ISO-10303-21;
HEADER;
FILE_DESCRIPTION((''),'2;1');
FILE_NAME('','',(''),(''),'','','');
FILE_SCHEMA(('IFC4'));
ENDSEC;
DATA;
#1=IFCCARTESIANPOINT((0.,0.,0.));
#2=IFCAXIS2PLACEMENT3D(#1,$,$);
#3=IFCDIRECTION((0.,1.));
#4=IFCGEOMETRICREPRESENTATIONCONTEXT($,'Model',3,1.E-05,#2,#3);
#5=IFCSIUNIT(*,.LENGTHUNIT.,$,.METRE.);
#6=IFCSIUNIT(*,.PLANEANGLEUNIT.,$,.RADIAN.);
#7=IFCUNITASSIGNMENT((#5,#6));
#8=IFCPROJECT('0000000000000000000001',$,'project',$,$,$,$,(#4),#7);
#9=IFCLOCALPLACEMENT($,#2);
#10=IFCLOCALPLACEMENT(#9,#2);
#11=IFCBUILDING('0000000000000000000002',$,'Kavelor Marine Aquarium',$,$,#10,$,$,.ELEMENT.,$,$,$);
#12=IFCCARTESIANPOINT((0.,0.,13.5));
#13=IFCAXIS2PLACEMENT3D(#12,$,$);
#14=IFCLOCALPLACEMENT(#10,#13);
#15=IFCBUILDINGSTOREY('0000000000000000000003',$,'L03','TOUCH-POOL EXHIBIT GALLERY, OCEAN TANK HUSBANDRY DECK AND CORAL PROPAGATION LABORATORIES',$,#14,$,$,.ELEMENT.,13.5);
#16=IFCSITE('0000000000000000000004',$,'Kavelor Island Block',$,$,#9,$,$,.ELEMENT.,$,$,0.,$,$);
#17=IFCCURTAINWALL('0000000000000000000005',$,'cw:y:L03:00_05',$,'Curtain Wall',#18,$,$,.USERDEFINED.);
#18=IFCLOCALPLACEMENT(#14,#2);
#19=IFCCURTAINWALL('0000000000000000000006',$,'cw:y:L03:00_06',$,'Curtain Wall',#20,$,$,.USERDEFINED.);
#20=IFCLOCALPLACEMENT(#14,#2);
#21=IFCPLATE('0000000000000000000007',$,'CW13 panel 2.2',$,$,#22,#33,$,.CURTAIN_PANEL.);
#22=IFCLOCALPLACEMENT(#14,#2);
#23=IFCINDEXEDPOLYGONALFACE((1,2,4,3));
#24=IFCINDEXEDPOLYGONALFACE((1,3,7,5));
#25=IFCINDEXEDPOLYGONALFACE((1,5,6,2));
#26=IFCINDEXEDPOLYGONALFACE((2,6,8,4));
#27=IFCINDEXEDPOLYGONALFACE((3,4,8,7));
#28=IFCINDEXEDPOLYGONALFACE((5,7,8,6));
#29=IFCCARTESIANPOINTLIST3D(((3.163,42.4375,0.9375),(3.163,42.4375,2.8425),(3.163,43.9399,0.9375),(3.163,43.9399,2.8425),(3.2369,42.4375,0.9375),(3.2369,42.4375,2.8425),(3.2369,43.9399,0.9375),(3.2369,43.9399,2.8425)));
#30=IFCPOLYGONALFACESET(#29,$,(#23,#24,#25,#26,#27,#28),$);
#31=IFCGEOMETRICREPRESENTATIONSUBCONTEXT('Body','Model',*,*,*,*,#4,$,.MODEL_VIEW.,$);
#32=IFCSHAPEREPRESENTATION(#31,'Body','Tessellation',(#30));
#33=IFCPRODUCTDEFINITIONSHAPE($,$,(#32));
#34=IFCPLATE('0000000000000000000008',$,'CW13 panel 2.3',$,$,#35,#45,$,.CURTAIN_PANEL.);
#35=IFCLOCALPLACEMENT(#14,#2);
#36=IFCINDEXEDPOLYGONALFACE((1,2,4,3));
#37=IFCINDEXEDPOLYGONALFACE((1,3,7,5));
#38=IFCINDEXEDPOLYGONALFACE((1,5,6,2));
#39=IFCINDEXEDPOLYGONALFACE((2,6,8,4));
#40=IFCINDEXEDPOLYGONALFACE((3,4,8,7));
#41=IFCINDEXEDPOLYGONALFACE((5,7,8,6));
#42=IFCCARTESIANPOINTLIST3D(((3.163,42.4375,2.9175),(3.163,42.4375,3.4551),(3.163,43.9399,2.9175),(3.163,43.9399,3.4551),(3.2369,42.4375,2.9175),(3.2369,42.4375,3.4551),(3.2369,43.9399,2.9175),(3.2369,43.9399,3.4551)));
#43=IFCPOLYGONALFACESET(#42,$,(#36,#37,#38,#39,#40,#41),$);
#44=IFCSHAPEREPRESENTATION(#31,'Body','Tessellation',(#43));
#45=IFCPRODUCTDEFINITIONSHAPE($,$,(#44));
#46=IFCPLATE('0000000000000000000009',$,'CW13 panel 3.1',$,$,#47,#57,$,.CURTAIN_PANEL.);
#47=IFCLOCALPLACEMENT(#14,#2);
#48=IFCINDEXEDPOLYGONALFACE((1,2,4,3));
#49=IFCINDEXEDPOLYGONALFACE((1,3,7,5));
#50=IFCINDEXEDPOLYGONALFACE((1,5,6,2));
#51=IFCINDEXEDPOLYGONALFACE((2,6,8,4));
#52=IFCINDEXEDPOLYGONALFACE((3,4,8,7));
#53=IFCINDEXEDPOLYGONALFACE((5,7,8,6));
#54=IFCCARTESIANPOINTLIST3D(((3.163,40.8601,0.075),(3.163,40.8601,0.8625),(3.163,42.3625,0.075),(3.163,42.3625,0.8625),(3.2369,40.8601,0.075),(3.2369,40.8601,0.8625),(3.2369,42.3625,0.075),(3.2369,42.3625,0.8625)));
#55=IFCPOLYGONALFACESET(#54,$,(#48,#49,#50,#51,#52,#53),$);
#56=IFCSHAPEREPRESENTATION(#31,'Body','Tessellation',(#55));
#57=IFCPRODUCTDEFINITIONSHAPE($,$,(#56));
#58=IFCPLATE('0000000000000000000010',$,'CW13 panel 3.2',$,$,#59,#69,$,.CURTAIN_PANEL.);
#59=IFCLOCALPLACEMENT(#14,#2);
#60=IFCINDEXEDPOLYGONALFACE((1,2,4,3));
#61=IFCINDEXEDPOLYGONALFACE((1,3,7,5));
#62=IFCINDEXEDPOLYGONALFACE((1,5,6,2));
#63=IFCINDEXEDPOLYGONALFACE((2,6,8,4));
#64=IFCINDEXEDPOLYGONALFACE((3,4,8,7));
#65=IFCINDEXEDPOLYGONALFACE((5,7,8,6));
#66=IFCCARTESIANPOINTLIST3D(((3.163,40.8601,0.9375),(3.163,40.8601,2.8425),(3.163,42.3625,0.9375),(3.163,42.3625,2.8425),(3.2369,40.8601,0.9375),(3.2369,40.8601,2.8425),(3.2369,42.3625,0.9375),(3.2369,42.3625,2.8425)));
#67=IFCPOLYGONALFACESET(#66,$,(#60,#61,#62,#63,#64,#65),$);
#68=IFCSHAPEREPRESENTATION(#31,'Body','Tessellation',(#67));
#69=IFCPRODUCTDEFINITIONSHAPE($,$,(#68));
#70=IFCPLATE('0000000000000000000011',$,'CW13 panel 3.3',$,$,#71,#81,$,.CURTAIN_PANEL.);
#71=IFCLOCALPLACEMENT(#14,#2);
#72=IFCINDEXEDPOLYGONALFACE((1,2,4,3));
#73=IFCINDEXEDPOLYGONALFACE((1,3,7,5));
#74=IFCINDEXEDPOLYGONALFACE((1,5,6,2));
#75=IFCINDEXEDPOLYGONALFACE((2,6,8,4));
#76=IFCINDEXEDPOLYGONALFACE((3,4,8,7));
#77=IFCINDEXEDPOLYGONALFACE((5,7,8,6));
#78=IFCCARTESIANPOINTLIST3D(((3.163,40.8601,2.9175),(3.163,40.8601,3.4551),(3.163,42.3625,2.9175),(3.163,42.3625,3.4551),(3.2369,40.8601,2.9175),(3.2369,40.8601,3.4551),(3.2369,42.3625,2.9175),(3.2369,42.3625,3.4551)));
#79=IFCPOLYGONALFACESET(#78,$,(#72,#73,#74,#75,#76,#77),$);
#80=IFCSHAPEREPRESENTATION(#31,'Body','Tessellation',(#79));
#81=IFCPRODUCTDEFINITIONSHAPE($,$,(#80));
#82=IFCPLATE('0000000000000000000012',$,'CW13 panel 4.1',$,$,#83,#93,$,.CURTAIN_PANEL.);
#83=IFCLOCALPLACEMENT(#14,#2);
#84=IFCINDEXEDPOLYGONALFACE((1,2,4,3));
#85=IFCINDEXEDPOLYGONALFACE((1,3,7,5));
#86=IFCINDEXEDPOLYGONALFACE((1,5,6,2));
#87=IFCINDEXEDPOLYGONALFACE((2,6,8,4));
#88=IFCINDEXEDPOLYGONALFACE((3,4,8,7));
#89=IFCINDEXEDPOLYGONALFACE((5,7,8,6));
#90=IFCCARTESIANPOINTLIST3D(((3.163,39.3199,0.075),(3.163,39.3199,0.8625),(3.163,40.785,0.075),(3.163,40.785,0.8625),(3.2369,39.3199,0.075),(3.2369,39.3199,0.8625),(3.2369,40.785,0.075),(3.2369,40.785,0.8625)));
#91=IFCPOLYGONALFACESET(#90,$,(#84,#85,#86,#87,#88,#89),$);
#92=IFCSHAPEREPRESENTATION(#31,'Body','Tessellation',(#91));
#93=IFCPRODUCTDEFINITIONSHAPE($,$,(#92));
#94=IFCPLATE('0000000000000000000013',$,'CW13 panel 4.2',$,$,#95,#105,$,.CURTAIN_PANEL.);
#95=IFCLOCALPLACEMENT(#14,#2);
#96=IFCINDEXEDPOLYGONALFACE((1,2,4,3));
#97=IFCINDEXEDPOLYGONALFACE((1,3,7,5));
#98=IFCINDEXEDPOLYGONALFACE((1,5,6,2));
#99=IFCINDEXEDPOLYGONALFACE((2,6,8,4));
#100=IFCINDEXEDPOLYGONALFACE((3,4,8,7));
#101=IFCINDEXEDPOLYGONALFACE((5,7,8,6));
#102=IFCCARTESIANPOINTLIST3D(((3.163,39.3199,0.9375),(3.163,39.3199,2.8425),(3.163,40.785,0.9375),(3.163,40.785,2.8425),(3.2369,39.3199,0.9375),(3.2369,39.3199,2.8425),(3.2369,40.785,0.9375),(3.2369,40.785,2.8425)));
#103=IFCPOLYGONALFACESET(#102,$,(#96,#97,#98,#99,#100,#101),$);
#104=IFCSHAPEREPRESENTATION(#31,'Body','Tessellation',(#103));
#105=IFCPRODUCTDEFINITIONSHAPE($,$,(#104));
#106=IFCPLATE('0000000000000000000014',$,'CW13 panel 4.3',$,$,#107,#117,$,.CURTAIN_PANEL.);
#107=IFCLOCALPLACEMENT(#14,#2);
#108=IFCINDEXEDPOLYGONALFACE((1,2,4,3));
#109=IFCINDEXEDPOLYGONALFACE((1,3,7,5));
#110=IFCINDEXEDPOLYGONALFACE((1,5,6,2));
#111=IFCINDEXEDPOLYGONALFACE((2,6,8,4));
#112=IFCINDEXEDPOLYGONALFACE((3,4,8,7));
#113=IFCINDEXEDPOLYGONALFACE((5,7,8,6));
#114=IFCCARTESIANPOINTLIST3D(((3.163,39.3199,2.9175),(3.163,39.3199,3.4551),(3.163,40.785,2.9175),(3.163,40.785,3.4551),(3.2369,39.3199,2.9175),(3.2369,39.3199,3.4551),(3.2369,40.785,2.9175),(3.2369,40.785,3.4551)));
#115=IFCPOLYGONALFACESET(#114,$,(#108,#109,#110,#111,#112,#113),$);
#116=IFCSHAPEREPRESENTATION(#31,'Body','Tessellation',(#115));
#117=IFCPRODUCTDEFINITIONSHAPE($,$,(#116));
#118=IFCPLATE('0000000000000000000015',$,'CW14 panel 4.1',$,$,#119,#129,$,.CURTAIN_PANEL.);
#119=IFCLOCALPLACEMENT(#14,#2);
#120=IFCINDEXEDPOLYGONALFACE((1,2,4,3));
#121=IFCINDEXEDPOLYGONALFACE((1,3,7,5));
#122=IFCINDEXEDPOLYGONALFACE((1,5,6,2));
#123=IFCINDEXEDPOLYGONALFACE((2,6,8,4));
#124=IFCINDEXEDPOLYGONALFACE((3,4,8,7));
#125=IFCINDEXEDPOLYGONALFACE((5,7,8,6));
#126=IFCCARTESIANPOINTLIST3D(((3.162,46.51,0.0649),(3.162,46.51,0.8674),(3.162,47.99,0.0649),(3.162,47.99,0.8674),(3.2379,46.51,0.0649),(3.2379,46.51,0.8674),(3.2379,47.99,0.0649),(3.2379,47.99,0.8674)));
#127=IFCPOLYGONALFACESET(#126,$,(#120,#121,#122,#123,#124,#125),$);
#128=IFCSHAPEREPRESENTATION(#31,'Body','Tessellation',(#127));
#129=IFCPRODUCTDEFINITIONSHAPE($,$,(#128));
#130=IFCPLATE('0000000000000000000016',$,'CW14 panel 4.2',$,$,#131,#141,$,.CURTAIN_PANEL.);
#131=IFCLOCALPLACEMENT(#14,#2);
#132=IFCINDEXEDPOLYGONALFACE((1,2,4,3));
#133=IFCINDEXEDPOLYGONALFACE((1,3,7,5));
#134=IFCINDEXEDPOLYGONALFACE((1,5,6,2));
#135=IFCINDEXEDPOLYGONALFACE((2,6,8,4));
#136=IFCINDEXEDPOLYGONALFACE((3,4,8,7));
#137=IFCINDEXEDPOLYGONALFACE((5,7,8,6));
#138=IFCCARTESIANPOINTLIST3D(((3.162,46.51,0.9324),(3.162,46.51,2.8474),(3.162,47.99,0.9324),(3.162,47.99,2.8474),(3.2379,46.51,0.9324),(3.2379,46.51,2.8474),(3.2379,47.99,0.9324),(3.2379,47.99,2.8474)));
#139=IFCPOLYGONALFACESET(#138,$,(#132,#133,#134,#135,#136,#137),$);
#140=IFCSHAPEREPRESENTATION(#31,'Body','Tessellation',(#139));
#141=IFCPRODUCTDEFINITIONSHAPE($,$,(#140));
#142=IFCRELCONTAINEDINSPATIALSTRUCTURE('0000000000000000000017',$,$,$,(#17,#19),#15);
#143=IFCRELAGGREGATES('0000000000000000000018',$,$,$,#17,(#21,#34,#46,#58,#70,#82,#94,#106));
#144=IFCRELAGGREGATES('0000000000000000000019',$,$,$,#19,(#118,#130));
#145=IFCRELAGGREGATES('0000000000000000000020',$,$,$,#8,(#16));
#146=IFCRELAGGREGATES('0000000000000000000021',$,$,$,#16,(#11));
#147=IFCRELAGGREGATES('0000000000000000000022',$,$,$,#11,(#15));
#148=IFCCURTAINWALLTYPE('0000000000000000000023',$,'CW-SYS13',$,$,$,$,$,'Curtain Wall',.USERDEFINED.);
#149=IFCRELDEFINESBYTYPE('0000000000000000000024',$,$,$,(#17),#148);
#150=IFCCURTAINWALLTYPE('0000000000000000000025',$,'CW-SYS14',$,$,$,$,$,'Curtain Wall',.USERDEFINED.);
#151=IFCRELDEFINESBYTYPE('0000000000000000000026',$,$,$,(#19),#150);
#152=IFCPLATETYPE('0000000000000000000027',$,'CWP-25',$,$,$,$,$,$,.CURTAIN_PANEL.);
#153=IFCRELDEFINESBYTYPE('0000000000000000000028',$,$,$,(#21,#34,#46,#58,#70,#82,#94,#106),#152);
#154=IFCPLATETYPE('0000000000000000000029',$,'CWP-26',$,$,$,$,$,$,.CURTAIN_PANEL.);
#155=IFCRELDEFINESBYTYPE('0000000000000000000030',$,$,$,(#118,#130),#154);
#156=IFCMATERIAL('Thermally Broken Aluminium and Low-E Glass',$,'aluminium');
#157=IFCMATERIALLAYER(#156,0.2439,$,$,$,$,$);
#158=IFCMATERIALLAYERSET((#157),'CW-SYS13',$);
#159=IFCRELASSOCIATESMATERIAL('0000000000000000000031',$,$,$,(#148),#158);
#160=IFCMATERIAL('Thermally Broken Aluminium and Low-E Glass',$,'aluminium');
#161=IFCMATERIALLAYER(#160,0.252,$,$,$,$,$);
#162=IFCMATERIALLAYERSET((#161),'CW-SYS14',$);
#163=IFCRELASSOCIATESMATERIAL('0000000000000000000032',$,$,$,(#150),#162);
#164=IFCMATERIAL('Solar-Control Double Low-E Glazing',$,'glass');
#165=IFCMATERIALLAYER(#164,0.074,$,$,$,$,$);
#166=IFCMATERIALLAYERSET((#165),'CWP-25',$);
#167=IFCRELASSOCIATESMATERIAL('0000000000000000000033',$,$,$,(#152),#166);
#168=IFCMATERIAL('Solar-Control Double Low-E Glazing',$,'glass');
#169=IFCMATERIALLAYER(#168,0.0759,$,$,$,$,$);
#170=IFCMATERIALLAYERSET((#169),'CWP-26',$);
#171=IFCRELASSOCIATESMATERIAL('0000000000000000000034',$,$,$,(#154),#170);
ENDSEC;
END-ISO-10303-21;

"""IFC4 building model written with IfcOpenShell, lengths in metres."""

from ifc_helpers import new_model, si_unit, direction, frame, origin, origin_2d, place, context, subcontext, project, spatial, rectangle, extrude, material, layer, layer_set, type_object, element, aggregate, save


model = new_model("IFC4")

# Units and contexts
model_context = context("Model", 3, precision=1e-05, world=origin(), true_north=direction((0.0, 1.0)))
body_context = subcontext(model_context, "Body", "Model", "MODEL_VIEW")
ifc_project = project(units=[si_unit("LENGTHUNIT", "METRE"), si_unit("PLANEANGLEUNIT", "RADIAN")], contexts=[model_context])

# Site, building, storey
site_placement = place(None, origin())
site = spatial("IfcSite", under=ifc_project, at=site_placement, Name="Kavelor Island Block", CompositionType="ELEMENT", RefElevation=0.0)
building_placement = place(site_placement, origin())
building = spatial("IfcBuilding", under=site, at=building_placement, Name="Kavelor Marine Aquarium", CompositionType="ELEMENT")
storey_placement = place(building_placement, frame((0.0, 0.0, 13.5)))
storey = spatial("IfcBuildingStorey", under=building, at=storey_placement, Name="L03", Description="TOUCH-POOL EXHIBIT GALLERY, OCEAN TANK HUSBANDRY DECK AND CORAL PROPAGATION LABORATORIES", CompositionType="ELEMENT", Elevation=13.5)

# Curtain wall
ifc_material_1 = material(Name="Thermally Broken Aluminium and Low-E Glass", Category="aluminium")
ifc_layer_1 = layer(ifc_material_1, 0.2439)
ifc_layer_set_1 = layer_set([ifc_layer_1], Name="CW-SYS13")
curtain_wall_type_1 = type_object("IfcCurtainWallType", Name="CW-SYS13", ElementType="Curtain Wall", PredefinedType="USERDEFINED", material=ifc_layer_set_1)
curtain_wall_1_placement = place(storey_placement, origin())
curtain_wall_1 = element("IfcCurtainWall", 1, at=curtain_wall_1_placement, inside=storey, type_object=curtain_wall_type_1, Name="cw:y:L03:00_05", ObjectType="Curtain Wall", PredefinedType="USERDEFINED")

# Curtain wall
ifc_material_2 = material(Name="Thermally Broken Aluminium and Low-E Glass", Category="aluminium")
ifc_layer_2 = layer(ifc_material_2, 0.252)
ifc_layer_set_2 = layer_set([ifc_layer_2], Name="CW-SYS14")
curtain_wall_type_2 = type_object("IfcCurtainWallType", Name="CW-SYS14", ElementType="Curtain Wall", PredefinedType="USERDEFINED", material=ifc_layer_set_2)
curtain_wall_2_placement = place(storey_placement, origin())
curtain_wall_2 = element("IfcCurtainWall", 2, at=curtain_wall_2_placement, inside=storey, type_object=curtain_wall_type_2, Name="cw:y:L03:00_06", ObjectType="Curtain Wall", PredefinedType="USERDEFINED")

# Plates
ifc_material_3 = material(Name="Solar-Control Double Low-E Glazing", Category="glass")
ifc_layer_3 = layer(ifc_material_3, 0.074)
ifc_layer_set_3 = layer_set([ifc_layer_3], Name="CWP-25")
plate_type_1 = type_object("IfcPlateType", Name="CWP-25", PredefinedType="CURTAIN_PANEL", material=ifc_layer_set_3)
plate_1_placement = place(storey_placement, frame((3.2, 43.1887, 0.9375), z_axis=(0.0, 0.0, 1.0), x_axis=(0.0, -1.0, 0.0)))
plate_1 = element("IfcPlate", 3, at=plate_1_placement, type_object=plate_type_1, Name="CW13 panel 2.2", PredefinedType="CURTAIN_PANEL", context=body_context, shape_type="SweptSolid", body=[
    extrude(rectangle(XDim=1.5024, YDim=0.074, at=origin_2d()), origin(), (0.0, 0.0, 1.0), 1.905),
])
plate_2_placement = place(storey_placement, frame((3.2, 43.1887, 2.9175), z_axis=(0.0, 0.0, 1.0), x_axis=(0.0, -1.0, 0.0)))
plate_2 = element("IfcPlate", 4, at=plate_2_placement, type_object=plate_type_1, Name="CW13 panel 2.3", PredefinedType="CURTAIN_PANEL", context=body_context, shape_type="SweptSolid", body=[
    extrude(rectangle(XDim=1.5024, YDim=0.074, at=origin_2d()), origin(), (0.0, 0.0, 1.0), 0.5376),
])
plate_3_placement = place(storey_placement, frame((3.2, 41.6113, 0.075), z_axis=(0.0, 0.0, 1.0), x_axis=(0.0, -1.0, 0.0)))
plate_3 = element("IfcPlate", 5, at=plate_3_placement, type_object=plate_type_1, Name="CW13 panel 3.1", PredefinedType="CURTAIN_PANEL", context=body_context, shape_type="SweptSolid", body=[
    extrude(rectangle(XDim=1.5024, YDim=0.074, at=origin_2d()), origin(), (0.0, 0.0, 1.0), 0.7876),
])
plate_4_placement = place(storey_placement, frame((3.2, 41.6113, 0.9375), z_axis=(0.0, 0.0, 1.0), x_axis=(0.0, -1.0, 0.0)))
plate_4 = element("IfcPlate", 6, at=plate_4_placement, type_object=plate_type_1, Name="CW13 panel 3.2", PredefinedType="CURTAIN_PANEL", context=body_context, shape_type="SweptSolid", body=[
    extrude(rectangle(XDim=1.5024, YDim=0.074, at=origin_2d()), origin(), (0.0, 0.0, 1.0), 1.905),
])
plate_5_placement = place(storey_placement, frame((3.2, 41.6113, 2.9175), z_axis=(0.0, 0.0, 1.0), x_axis=(0.0, -1.0, 0.0)))
plate_5 = element("IfcPlate", 7, at=plate_5_placement, type_object=plate_type_1, Name="CW13 panel 3.3", PredefinedType="CURTAIN_PANEL", context=body_context, shape_type="SweptSolid", body=[
    extrude(rectangle(XDim=1.5024, YDim=0.074, at=origin_2d()), origin(), (0.0, 0.0, 1.0), 0.5376),
])
plate_6_placement = place(storey_placement, frame((3.2, 40.0525, 0.075), z_axis=(0.0, 0.0, 1.0), x_axis=(0.0, -1.0, 0.0)))
plate_6 = element("IfcPlate", 8, at=plate_6_placement, type_object=plate_type_1, Name="CW13 panel 4.1", PredefinedType="CURTAIN_PANEL", context=body_context, shape_type="SweptSolid", body=[
    extrude(rectangle(XDim=1.4651, YDim=0.074, at=origin_2d()), origin(), (0.0, 0.0, 1.0), 0.7876),
])
plate_7_placement = place(storey_placement, frame((3.2, 40.0525, 0.9375), z_axis=(0.0, 0.0, 1.0), x_axis=(0.0, -1.0, 0.0)))
plate_7 = element("IfcPlate", 9, at=plate_7_placement, type_object=plate_type_1, Name="CW13 panel 4.2", PredefinedType="CURTAIN_PANEL", context=body_context, shape_type="SweptSolid", body=[
    extrude(rectangle(XDim=1.4651, YDim=0.074, at=origin_2d()), origin(), (0.0, 0.0, 1.0), 1.905),
])
plate_8_placement = place(storey_placement, frame((3.2, 40.0525, 2.9175), z_axis=(0.0, 0.0, 1.0), x_axis=(0.0, -1.0, 0.0)))
plate_8 = element("IfcPlate", 10, at=plate_8_placement, type_object=plate_type_1, Name="CW13 panel 4.3", PredefinedType="CURTAIN_PANEL", context=body_context, shape_type="SweptSolid", body=[
    extrude(rectangle(XDim=1.4651, YDim=0.074, at=origin_2d()), origin(), (0.0, 0.0, 1.0), 0.5376),
])
aggregate(curtain_wall_1, [plate_1, plate_2, plate_3, plate_4, plate_5, plate_6, plate_7, plate_8])
ifc_material_4 = material(Name="Solar-Control Double Low-E Glazing", Category="glass")
ifc_layer_4 = layer(ifc_material_4, 0.0759)
ifc_layer_set_4 = layer_set([ifc_layer_4], Name="CWP-26")
plate_type_2 = type_object("IfcPlateType", Name="CWP-26", PredefinedType="CURTAIN_PANEL", material=ifc_layer_set_4)
plate_9_placement = place(storey_placement, frame((3.2, 47.25, 0.0649), z_axis=(0.0, 0.0, 1.0), x_axis=(0.0, -1.0, 0.0)))
plate_9 = element("IfcPlate", 11, at=plate_9_placement, type_object=plate_type_2, Name="CW14 panel 4.1", PredefinedType="CURTAIN_PANEL", context=body_context, shape_type="SweptSolid", body=[
    extrude(rectangle(XDim=1.48, YDim=0.0759, at=origin_2d()), origin(), (0.0, 0.0, 1.0), 0.8025),
])
plate_10_placement = place(storey_placement, frame((3.2, 47.25, 0.9324), z_axis=(0.0, 0.0, 1.0), x_axis=(0.0, -1.0, 0.0)))
plate_10 = element("IfcPlate", 12, at=plate_10_placement, type_object=plate_type_2, Name="CW14 panel 4.2", PredefinedType="CURTAIN_PANEL", context=body_context, shape_type="SweptSolid", body=[
    extrude(rectangle(XDim=1.48, YDim=0.0759, at=origin_2d()), origin(), (0.0, 0.0, 1.0), 1.915),
])
aggregate(curtain_wall_2, [plate_9, plate_10])

save(model, "model.ifc")
